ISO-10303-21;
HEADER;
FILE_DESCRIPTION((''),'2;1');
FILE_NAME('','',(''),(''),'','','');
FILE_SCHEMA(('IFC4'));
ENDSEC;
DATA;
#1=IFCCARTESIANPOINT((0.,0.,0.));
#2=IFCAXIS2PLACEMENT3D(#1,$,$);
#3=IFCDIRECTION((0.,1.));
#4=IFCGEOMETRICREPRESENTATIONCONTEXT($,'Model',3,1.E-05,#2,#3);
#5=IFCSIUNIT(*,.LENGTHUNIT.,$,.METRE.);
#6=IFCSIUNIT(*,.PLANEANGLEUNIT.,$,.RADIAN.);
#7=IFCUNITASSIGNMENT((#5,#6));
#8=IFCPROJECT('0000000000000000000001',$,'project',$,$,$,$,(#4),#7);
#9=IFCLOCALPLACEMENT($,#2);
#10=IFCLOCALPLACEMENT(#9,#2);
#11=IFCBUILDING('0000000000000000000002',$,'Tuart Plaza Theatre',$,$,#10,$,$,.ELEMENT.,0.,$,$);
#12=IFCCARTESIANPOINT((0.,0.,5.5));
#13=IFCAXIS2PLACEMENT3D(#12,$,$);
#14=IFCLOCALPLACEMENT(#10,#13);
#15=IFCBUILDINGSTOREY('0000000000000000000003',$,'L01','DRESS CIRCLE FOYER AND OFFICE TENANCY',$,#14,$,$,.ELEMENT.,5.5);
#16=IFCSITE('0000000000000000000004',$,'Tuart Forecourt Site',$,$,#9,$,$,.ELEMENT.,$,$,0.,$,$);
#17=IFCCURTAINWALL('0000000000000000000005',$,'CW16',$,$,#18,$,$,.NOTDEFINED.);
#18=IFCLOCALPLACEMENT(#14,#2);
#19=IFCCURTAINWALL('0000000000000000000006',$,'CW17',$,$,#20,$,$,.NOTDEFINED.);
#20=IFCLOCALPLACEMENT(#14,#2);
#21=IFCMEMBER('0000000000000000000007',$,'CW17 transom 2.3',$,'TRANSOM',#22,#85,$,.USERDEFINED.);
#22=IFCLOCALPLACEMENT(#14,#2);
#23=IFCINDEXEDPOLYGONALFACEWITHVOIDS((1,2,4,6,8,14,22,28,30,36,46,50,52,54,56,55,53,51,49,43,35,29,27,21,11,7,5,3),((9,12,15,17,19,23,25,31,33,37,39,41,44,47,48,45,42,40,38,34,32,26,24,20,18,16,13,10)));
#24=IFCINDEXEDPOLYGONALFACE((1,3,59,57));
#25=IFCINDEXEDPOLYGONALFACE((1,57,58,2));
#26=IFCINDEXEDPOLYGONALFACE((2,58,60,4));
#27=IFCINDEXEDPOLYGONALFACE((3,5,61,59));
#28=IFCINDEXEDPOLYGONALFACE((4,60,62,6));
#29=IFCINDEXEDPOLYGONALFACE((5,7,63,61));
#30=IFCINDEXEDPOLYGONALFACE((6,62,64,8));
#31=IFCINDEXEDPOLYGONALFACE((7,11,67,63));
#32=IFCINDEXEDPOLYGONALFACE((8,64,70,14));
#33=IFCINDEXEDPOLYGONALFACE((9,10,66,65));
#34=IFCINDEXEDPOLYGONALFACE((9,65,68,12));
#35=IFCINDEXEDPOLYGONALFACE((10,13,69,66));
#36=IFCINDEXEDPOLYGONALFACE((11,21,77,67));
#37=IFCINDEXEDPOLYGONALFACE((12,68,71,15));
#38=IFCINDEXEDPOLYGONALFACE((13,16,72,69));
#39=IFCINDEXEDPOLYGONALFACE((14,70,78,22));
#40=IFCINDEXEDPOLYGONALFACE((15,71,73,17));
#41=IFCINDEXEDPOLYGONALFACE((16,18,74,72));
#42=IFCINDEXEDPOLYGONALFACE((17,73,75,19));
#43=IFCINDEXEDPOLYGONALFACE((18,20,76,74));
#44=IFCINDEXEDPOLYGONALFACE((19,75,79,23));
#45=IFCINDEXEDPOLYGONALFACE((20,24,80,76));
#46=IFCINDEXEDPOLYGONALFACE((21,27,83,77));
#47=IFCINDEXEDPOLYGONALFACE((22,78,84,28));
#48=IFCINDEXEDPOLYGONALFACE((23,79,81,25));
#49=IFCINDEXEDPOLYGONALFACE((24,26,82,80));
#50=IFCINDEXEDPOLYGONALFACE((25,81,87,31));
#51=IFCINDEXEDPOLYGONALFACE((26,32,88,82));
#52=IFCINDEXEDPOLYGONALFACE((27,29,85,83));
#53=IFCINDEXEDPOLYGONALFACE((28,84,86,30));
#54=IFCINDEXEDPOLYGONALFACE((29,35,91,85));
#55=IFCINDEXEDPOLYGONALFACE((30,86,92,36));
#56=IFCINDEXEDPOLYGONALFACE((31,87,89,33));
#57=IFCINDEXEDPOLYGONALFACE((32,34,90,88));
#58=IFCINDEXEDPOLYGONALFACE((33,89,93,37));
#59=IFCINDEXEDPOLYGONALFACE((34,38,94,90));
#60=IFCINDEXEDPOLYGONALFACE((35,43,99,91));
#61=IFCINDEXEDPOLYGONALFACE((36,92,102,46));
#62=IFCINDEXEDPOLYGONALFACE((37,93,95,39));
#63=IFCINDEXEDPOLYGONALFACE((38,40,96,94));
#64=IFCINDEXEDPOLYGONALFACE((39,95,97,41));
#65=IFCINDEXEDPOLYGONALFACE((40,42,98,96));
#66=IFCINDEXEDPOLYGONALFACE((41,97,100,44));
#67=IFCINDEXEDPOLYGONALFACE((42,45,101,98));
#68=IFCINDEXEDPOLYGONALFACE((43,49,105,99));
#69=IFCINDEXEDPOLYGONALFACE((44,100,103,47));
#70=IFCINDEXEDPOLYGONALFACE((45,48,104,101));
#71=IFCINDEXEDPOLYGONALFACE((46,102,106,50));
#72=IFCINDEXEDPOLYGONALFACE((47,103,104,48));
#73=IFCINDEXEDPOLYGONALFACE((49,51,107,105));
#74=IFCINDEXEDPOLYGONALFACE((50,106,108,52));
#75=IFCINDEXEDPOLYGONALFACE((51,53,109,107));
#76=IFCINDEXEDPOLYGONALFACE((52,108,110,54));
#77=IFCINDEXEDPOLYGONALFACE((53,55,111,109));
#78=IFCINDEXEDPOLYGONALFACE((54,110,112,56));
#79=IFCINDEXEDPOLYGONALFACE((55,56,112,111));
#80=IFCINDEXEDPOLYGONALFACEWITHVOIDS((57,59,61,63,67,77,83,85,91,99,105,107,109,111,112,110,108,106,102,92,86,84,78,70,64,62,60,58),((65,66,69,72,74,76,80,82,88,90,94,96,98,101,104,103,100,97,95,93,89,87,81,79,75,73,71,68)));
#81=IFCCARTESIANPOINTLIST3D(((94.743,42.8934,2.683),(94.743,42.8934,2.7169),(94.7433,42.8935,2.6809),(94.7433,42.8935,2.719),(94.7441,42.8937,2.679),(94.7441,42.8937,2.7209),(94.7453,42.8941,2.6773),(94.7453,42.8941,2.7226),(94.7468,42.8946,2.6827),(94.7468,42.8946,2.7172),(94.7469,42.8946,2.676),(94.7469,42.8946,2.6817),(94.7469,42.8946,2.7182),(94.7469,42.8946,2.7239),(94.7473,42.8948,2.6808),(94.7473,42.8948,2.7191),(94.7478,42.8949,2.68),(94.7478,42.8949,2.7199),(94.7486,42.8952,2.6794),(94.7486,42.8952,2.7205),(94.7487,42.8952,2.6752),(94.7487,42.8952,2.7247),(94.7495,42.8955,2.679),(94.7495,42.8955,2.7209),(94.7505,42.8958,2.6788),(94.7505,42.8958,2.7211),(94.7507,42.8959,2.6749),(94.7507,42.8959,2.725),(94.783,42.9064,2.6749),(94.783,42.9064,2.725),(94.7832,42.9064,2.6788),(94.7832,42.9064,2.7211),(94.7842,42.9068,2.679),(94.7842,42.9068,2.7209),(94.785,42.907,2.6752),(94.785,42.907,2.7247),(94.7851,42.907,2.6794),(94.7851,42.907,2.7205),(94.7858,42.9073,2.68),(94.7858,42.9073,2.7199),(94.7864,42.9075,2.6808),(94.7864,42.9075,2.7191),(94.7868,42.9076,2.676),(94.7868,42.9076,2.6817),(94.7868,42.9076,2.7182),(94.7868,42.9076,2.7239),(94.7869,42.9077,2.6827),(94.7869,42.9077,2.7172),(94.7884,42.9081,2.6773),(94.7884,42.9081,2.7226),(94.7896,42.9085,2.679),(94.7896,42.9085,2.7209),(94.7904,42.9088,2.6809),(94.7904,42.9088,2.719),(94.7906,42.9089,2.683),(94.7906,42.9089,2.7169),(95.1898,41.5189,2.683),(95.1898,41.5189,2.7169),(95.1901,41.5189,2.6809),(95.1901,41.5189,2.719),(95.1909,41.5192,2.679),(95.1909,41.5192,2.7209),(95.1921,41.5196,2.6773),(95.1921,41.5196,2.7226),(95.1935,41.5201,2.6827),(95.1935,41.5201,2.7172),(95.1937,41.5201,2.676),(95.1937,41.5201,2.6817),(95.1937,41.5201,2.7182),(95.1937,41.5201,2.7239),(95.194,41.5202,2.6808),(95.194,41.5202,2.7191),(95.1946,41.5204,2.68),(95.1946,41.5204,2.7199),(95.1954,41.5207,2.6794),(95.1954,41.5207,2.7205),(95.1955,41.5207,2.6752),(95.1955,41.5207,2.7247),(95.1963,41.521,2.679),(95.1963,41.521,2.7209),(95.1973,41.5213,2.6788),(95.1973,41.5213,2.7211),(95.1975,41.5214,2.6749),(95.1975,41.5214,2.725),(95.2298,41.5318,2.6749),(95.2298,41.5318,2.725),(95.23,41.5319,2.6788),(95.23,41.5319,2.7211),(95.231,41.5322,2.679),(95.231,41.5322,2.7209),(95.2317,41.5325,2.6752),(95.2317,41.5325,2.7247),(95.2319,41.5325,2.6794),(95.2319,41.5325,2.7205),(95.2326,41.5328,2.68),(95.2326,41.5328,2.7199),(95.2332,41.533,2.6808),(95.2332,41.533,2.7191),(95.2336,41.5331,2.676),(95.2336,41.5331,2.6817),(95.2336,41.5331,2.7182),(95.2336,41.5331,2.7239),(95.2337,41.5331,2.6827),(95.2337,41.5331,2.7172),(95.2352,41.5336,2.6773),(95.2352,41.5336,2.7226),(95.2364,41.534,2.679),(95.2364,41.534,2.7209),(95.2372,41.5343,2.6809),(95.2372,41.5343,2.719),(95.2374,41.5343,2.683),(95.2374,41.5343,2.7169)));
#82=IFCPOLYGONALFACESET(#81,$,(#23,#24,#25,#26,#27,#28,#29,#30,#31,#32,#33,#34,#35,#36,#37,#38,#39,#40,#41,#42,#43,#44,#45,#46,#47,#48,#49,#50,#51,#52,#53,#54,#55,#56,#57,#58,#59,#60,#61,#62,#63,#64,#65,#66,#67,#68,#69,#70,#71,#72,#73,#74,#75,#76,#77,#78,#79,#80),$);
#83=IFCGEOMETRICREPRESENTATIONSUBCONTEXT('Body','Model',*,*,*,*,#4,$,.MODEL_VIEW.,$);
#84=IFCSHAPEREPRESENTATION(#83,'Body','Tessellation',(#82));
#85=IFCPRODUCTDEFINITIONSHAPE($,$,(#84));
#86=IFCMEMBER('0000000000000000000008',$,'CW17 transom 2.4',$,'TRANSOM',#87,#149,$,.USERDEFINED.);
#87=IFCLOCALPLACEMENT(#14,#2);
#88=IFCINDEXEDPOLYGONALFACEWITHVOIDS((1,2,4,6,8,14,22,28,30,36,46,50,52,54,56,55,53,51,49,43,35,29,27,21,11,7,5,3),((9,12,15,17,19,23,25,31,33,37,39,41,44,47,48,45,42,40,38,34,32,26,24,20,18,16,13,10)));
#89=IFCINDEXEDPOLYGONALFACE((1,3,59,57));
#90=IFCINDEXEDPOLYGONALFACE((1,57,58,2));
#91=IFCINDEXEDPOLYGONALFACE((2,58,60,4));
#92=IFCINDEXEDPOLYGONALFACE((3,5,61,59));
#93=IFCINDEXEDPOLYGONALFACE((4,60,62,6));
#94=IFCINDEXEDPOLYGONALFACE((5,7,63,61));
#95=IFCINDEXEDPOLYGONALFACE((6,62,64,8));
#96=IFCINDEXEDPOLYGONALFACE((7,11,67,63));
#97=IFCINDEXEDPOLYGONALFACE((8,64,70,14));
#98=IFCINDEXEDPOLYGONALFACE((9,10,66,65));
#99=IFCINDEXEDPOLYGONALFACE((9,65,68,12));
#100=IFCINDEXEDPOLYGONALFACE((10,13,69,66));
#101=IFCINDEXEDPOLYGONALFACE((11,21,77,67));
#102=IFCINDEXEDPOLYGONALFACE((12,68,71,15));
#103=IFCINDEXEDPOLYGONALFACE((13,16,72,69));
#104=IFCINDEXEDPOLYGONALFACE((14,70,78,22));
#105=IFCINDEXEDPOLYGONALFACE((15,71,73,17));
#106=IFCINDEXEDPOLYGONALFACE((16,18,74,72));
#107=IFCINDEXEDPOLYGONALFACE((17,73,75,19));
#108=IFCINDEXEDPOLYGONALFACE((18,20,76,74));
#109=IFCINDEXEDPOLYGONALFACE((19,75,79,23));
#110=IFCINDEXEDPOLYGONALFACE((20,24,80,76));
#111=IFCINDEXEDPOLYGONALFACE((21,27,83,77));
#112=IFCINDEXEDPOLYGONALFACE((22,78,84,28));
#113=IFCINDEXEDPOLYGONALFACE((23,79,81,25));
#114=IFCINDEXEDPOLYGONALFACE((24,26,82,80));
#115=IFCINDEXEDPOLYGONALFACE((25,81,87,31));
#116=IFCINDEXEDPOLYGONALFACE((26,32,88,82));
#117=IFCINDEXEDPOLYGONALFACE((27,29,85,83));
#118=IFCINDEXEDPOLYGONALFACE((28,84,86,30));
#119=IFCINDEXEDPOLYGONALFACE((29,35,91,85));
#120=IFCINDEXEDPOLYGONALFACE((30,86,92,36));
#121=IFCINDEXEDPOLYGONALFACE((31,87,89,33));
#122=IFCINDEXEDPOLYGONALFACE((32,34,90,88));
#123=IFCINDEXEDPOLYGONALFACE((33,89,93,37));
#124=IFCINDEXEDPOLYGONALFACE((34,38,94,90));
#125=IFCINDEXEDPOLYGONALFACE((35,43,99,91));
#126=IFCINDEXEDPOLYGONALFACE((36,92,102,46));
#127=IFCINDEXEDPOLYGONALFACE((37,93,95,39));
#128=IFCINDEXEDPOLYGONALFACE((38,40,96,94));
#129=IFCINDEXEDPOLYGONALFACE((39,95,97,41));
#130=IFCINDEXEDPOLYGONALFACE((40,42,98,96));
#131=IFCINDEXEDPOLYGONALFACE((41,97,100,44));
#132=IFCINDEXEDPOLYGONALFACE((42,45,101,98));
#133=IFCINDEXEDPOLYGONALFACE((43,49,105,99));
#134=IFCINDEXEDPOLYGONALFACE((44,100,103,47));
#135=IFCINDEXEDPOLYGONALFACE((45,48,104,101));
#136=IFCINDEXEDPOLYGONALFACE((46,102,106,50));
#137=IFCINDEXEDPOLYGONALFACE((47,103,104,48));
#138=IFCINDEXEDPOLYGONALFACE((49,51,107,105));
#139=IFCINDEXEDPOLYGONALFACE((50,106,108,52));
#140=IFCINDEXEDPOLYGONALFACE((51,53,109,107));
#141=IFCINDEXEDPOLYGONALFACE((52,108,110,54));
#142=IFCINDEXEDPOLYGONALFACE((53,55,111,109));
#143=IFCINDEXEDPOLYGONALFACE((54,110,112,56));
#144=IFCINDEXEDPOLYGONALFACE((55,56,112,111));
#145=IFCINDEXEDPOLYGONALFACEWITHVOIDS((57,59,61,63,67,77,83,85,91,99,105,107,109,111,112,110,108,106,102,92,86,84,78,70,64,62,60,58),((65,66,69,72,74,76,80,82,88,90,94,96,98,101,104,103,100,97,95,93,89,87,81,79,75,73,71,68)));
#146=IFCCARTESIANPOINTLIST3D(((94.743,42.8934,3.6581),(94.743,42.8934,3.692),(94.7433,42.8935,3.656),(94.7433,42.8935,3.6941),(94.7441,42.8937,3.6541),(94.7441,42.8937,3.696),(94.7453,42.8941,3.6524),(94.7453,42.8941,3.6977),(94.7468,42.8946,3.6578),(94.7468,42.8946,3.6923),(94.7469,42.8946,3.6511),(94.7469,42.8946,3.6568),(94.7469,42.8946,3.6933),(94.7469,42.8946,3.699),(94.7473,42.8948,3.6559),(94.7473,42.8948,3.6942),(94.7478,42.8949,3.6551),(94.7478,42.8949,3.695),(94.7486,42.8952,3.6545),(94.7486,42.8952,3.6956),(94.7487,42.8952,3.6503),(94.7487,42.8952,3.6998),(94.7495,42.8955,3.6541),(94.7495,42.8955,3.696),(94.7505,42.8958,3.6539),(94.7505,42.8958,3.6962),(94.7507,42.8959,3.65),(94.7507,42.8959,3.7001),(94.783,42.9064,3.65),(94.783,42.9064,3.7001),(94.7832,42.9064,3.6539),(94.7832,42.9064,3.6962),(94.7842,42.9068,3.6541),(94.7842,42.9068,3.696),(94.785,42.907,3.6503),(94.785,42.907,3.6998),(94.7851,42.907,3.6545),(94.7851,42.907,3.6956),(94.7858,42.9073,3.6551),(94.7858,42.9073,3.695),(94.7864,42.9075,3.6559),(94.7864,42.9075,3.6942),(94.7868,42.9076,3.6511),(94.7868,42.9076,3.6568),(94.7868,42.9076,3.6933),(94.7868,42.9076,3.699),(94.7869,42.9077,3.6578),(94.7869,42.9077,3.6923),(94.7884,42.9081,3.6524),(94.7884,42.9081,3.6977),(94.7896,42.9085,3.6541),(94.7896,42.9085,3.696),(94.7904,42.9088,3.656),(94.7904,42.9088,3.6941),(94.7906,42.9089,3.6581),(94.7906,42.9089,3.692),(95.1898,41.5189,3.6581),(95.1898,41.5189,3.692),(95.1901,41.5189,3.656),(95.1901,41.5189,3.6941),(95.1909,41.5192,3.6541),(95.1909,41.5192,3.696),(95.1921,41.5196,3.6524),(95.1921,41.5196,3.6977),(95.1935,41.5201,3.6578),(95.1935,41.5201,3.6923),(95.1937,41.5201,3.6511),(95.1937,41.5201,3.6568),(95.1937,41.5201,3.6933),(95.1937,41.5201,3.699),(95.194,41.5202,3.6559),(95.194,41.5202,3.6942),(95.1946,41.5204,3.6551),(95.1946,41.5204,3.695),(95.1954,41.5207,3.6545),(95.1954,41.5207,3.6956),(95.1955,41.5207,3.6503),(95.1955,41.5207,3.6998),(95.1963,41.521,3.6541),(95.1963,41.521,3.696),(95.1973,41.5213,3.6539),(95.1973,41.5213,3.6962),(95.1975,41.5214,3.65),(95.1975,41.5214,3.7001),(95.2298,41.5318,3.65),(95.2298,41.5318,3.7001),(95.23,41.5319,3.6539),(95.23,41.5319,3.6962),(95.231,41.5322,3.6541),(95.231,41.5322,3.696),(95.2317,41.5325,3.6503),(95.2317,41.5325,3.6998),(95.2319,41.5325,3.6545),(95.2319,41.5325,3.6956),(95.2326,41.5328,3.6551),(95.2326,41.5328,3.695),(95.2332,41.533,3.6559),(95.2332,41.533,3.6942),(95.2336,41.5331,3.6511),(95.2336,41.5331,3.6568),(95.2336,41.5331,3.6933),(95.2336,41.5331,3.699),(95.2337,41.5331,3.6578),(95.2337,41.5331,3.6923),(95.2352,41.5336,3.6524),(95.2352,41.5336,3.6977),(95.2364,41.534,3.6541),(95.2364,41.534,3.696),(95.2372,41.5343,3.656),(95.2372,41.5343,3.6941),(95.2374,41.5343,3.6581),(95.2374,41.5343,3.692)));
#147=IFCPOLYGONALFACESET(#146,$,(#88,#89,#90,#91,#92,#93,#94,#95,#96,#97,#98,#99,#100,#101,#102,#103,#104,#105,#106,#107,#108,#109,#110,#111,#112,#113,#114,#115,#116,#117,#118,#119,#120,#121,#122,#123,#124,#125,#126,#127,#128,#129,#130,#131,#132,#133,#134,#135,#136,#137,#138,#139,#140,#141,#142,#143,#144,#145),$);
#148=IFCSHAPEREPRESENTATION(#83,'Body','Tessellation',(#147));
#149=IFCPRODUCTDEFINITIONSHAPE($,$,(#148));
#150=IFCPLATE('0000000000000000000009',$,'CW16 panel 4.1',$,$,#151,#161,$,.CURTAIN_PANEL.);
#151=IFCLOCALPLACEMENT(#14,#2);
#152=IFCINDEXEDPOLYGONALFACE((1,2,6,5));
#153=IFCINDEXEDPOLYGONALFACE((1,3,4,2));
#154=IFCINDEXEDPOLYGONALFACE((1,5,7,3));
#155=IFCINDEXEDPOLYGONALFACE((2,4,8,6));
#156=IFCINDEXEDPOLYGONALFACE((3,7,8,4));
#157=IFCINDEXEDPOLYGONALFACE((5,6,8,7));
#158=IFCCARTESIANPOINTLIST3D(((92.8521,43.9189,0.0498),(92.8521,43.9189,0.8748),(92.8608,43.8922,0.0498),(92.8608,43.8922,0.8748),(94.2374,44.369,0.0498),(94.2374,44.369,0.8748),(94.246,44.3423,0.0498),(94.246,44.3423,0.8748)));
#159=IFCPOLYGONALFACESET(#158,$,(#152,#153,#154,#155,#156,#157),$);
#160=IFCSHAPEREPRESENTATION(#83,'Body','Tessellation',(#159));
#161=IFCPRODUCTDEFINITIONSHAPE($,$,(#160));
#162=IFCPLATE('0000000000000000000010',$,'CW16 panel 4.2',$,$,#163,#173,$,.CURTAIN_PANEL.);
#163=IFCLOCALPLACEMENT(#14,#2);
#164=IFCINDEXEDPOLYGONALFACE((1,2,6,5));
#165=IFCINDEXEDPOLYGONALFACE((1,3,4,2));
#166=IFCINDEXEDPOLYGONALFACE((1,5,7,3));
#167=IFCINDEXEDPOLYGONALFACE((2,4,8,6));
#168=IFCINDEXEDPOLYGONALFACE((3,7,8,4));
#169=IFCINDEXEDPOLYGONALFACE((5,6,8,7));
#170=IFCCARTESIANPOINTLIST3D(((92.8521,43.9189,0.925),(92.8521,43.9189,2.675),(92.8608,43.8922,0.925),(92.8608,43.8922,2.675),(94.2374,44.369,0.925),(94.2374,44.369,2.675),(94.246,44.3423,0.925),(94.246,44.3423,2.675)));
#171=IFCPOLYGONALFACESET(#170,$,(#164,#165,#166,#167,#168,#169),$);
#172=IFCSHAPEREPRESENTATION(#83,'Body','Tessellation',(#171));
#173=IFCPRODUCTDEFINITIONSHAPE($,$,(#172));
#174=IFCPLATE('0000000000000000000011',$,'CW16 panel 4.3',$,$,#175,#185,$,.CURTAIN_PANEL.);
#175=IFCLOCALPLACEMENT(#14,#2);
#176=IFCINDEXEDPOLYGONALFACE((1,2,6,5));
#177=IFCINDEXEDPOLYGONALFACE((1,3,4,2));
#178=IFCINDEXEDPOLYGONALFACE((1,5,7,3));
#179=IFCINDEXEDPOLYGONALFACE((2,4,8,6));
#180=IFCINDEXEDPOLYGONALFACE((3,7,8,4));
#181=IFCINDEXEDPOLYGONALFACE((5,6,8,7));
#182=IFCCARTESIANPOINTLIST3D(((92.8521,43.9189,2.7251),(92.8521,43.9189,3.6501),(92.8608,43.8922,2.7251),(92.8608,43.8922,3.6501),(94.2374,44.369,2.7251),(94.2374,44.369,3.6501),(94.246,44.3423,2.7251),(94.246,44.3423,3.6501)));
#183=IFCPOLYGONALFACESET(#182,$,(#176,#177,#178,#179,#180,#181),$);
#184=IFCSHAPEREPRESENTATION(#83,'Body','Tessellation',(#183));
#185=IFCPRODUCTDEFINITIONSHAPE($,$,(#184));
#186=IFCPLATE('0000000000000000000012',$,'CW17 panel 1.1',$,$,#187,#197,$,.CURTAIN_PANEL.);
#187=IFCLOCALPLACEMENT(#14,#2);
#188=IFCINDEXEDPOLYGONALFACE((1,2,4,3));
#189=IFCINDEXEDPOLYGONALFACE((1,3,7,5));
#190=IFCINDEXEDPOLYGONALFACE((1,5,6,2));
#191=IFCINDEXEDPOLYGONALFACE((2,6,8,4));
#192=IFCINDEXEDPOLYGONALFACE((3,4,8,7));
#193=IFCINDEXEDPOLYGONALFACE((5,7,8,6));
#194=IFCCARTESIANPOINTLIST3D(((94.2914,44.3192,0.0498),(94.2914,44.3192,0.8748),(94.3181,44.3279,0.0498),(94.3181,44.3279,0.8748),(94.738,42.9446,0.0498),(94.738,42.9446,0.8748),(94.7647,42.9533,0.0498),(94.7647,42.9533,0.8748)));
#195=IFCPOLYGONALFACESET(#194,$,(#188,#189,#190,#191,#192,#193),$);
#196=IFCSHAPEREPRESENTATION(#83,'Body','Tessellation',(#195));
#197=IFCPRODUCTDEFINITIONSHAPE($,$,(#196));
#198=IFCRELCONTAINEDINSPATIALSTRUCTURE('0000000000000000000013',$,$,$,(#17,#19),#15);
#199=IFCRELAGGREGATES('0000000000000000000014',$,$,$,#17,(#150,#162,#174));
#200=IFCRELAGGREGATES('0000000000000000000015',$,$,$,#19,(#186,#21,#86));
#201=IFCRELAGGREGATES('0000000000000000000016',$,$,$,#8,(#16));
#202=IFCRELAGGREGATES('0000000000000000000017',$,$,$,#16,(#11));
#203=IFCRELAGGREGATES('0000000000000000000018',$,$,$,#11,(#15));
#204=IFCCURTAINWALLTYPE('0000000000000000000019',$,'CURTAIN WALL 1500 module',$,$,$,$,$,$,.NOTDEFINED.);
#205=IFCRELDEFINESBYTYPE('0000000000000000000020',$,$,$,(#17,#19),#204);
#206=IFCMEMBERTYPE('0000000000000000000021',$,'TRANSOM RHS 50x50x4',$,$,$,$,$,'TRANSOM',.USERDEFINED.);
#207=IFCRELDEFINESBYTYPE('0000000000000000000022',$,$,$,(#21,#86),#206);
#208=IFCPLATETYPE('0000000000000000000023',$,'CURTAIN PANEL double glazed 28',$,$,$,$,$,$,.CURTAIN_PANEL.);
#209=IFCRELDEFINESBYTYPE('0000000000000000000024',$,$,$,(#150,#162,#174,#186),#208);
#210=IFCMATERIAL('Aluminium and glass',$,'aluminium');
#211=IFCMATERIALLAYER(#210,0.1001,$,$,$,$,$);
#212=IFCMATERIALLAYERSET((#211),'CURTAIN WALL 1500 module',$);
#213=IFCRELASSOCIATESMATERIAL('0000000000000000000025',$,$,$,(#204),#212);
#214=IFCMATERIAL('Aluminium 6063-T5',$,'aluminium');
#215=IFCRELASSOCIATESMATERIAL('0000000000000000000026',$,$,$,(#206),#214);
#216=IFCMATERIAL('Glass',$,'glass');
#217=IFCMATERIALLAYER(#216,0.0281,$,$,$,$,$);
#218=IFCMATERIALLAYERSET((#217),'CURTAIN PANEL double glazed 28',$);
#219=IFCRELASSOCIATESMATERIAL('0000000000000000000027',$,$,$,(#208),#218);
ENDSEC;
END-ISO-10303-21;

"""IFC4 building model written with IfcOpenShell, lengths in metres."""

from ifc_helpers import new_model, si_unit, direction, frame, origin, origin_2d, place, context, subcontext, project, spatial, rectangle, hollow_rectangle, extrude, material, layer, layer_set, material_profile, profile_set, type_object, element, aggregate, save


model = new_model("IFC4")

# Units and contexts
model_context = context("Model", 3, precision=1e-05, world=origin(), true_north=direction((0.0, 1.0)))
body_context = subcontext(model_context, "Body", "Model", "MODEL_VIEW")
ifc_project = project(units=[si_unit("LENGTHUNIT", "METRE"), si_unit("PLANEANGLEUNIT", "RADIAN")], contexts=[model_context])

# Site, building, storey
site_placement = place(None, origin())
site = spatial("IfcSite", under=ifc_project, at=site_placement, Name="Tuart Forecourt Site", CompositionType="ELEMENT", RefElevation=0.0)
building_placement = place(site_placement, origin())
building = spatial("IfcBuilding", under=site, at=building_placement, Name="Tuart Plaza Theatre", CompositionType="ELEMENT", ElevationOfRefHeight=0.0)
storey_placement = place(building_placement, frame((0.0, 0.0, 5.5)))
storey = spatial("IfcBuildingStorey", under=building, at=storey_placement, Name="L01", Description="DRESS CIRCLE FOYER AND OFFICE TENANCY", CompositionType="ELEMENT", Elevation=5.5)

# Curtain wall
ifc_material_1 = material(Name="Aluminium and glass", Category="aluminium")
ifc_layer_1 = layer(ifc_material_1, 0.1001)
ifc_layer_set_1 = layer_set([ifc_layer_1], Name="CURTAIN WALL 1500 module")
curtain_wall_type = type_object("IfcCurtainWallType", Name="CURTAIN WALL 1500 module", PredefinedType="NOTDEFINED", material=ifc_layer_set_1)
curtain_wall_1_placement = place(storey_placement, origin())
curtain_wall_1 = element("IfcCurtainWall", 1, at=curtain_wall_1_placement, inside=storey, type_object=curtain_wall_type, Name="CW16", PredefinedType="NOTDEFINED")

# Curtain wall
curtain_wall_2_placement = place(storey_placement, origin())
curtain_wall_2 = element("IfcCurtainWall", 2, at=curtain_wall_2_placement, inside=storey, type_object=curtain_wall_type, Name="CW17", PredefinedType="NOTDEFINED")

# Members
ifc_material_2 = material(Name="Aluminium 6063-T5", Category="aluminium")
ifc_material_profile_1 = material_profile(ifc_material_2, hollow_rectangle(XDim=0.05, YDim=0.05, WallThickness=0.0039, InnerFilletRadius=0.0039, OuterFilletRadius=0.0081, at=origin_2d()), Name="RHS 50x50x4")
ifc_profile_set_1 = profile_set([ifc_material_profile_1], Name="Aluminium 6063-T5")
member_type_1 = type_object("IfcMemberType", Name="TRANSOM RHS 50x50x4", ElementType="TRANSOM", PredefinedType="USERDEFINED", material=ifc_profile_set_1)
member_1_placement = place(storey_placement, frame((94.7668, 42.9011, 2.7), z_axis=(0.309124, -0.951022, 0.0), x_axis=(0.951022, 0.309124, 0.0)))
member_1 = element("IfcMember", 3, at=member_1_placement, type_object=member_type_1, Name="CW17 transom 2.3", ObjectType="TRANSOM", PredefinedType="USERDEFINED", context=body_context, shape_type="SweptSolid", body=[
    extrude(hollow_rectangle(XDim=0.05, YDim=0.05, WallThickness=0.0039, InnerFilletRadius=0.0039, OuterFilletRadius=0.0081, at=origin_2d()), origin(), (0.0, 0.0, 1.0), 1.4453),
])
member_2_placement = place(storey_placement, frame((94.7668, 42.9011, 3.675), z_axis=(0.309124, -0.951022, 0.0), x_axis=(0.951022, 0.309124, 0.0)))
member_2 = element("IfcMember", 4, at=member_2_placement, type_object=member_type_1, Name="CW17 transom 2.4", ObjectType="TRANSOM", PredefinedType="USERDEFINED", context=body_context, shape_type="SweptSolid", body=[
    extrude(hollow_rectangle(XDim=0.05, YDim=0.05, WallThickness=0.0039, InnerFilletRadius=0.0039, OuterFilletRadius=0.0081, at=origin_2d()), origin(), (0.0, 0.0, 1.0), 1.4453),
])

# Plates
ifc_material_3 = material(Name="Glass", Category="glass")
ifc_layer_2 = layer(ifc_material_3, 0.0281)
ifc_layer_set_2 = layer_set([ifc_layer_2], Name="CURTAIN PANEL double glazed 28")
plate_type = type_object("IfcPlateType", Name="CURTAIN PANEL double glazed 28", PredefinedType="CURTAIN_PANEL", material=ifc_layer_set_2)
plate_1_placement = place(storey_placement, frame((93.5491, 44.1306, 0.0498), z_axis=(0.0, 0.0, 1.0), x_axis=(0.951056, 0.309018, 0.0)))
plate_1 = element("IfcPlate", 5, at=plate_1_placement, type_object=plate_type, Name="CW16 panel 4.1", PredefinedType="CURTAIN_PANEL", context=body_context, shape_type="SweptSolid", body=[
    extrude(rectangle(XDim=1.4565, YDim=0.0281, at=origin_2d()), origin(), (0.0, 0.0, 1.0), 0.825),
])
plate_2_placement = place(storey_placement, frame((93.5491, 44.1306, 0.925), z_axis=(0.0, 0.0, 1.0), x_axis=(0.951056, 0.309018, 0.0)))
plate_2 = element("IfcPlate", 6, at=plate_2_placement, type_object=plate_type, Name="CW16 panel 4.2", PredefinedType="CURTAIN_PANEL", context=body_context, shape_type="SweptSolid", body=[
    extrude(rectangle(XDim=1.4565, YDim=0.0281, at=origin_2d()), origin(), (0.0, 0.0, 1.0), 1.75),
])
plate_3_placement = place(storey_placement, frame((93.5491, 44.1306, 2.7251), z_axis=(0.0, 0.0, 1.0), x_axis=(0.951056, 0.309018, 0.0)))
plate_3 = element("IfcPlate", 7, at=plate_3_placement, type_object=plate_type, Name="CW16 panel 4.3", PredefinedType="CURTAIN_PANEL", context=body_context, shape_type="SweptSolid", body=[
    extrude(rectangle(XDim=1.4565, YDim=0.0281, at=origin_2d()), origin(), (0.0, 0.0, 1.0), 0.925),
])
aggregate(curtain_wall_1, [plate_1, plate_2, plate_3])
plate_4_placement = place(storey_placement, frame((94.5281, 43.6362, 0.0498), z_axis=(0.0, 0.0, 1.0), x_axis=(0.309018, -0.951056, 0.0)))
plate_4 = element("IfcPlate", 8, at=plate_4_placement, type_object=plate_type, Name="CW17 panel 1.1", PredefinedType="CURTAIN_PANEL", context=body_context, shape_type="SweptSolid", body=[
    extrude(rectangle(XDim=1.4453, YDim=0.0281, at=origin_2d()), origin(), (0.0, 0.0, 1.0), 0.825),
])
aggregate(curtain_wall_2, [plate_4, member_1, member_2])

save(model, "model.ifc")
